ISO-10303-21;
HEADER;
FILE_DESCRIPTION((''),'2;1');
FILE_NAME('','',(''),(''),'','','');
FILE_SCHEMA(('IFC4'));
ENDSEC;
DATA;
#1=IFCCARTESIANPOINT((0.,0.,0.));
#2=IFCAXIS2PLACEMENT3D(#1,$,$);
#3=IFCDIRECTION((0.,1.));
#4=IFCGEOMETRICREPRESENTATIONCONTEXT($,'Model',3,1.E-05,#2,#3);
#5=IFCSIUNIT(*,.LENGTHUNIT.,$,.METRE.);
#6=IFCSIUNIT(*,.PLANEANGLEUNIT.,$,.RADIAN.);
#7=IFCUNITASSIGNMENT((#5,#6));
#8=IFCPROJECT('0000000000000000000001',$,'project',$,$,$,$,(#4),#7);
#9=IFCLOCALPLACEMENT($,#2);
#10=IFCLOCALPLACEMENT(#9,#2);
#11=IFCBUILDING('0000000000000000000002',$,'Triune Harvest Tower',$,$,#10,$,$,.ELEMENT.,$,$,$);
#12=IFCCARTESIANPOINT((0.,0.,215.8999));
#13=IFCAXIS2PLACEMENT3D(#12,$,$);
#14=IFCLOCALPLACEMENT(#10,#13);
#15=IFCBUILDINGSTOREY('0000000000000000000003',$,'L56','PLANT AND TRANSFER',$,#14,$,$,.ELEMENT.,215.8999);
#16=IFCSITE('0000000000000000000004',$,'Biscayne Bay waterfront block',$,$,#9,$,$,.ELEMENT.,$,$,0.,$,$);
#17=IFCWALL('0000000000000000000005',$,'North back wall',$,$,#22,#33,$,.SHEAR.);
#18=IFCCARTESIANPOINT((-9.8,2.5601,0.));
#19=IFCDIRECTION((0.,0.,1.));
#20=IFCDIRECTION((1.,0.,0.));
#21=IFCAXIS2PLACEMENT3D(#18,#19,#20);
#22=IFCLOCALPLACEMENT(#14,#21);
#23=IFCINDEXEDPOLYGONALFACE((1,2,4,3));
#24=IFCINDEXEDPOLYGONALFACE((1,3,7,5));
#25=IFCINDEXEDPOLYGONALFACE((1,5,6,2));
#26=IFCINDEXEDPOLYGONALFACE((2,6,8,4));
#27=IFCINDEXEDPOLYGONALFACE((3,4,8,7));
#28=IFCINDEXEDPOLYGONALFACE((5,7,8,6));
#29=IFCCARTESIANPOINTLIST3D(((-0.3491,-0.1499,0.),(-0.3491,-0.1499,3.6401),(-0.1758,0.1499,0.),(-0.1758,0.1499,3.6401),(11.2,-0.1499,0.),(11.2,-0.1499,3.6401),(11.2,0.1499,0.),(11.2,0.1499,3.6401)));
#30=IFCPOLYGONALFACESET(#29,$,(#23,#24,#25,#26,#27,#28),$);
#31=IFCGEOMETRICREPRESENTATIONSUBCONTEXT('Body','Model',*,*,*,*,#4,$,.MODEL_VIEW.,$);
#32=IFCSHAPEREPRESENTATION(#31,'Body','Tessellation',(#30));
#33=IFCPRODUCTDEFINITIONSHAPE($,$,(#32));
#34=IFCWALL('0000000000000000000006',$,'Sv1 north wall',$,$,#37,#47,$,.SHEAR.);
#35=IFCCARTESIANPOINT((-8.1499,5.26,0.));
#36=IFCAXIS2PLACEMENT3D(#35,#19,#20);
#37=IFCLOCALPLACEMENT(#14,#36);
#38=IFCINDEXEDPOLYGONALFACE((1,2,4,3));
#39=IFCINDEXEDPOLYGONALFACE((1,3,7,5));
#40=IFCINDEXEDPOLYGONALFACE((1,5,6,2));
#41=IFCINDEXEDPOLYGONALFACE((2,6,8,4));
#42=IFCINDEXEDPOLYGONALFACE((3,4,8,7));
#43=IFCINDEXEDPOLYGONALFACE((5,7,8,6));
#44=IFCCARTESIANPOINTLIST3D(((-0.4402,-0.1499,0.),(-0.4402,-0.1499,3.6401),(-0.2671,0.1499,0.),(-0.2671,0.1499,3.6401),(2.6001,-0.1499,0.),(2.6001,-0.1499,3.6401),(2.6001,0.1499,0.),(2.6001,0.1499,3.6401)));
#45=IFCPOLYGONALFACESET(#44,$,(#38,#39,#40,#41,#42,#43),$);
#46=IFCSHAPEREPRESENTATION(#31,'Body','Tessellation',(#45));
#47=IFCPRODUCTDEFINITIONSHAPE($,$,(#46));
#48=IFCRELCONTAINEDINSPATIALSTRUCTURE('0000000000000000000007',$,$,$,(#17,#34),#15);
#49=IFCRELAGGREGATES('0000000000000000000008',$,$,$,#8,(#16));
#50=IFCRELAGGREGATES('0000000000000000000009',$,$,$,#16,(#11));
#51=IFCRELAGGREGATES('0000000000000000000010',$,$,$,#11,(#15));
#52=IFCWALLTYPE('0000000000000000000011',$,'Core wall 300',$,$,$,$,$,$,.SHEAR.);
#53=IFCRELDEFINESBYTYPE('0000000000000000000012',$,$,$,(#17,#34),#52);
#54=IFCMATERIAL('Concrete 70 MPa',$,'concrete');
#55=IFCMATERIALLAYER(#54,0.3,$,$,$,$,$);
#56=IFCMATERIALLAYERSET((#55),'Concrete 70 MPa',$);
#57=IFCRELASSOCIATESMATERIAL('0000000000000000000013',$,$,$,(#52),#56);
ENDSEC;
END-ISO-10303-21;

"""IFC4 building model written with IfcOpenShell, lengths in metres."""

from ifc_helpers import new_model, si_unit, direction, frame, origin, place, context, subcontext, project, spatial, polyline, outline, extrude, source, transform, mapped, material, layer, layer_set, type_object, element, save


model = new_model("IFC4")

# Units and contexts
model_context = context("Model", 3, precision=1e-05, world=origin(), true_north=direction((0.0, 1.0)))
body_context = subcontext(model_context, "Body", "Model", "MODEL_VIEW")
ifc_project = project(units=[si_unit("LENGTHUNIT", "METRE"), si_unit("PLANEANGLEUNIT", "RADIAN")], contexts=[model_context])

# Site, building, storey
site_placement = place(None, origin())
site = spatial("IfcSite", under=ifc_project, at=site_placement, Name="Biscayne Bay waterfront block", CompositionType="ELEMENT", RefElevation=0.0)
building_placement = place(site_placement, origin())
building = spatial("IfcBuilding", under=site, at=building_placement, Name="Triune Harvest Tower", CompositionType="ELEMENT")
storey_placement = place(building_placement, frame((0.0, 0.0, 215.8999)))
storey = spatial("IfcBuildingStorey", under=building, at=storey_placement, Name="L56", Description="PLANT AND TRANSFER", CompositionType="ELEMENT", Elevation=215.8999)

# Shared definitions
ifc_material_1 = material(Name="Concrete 70 MPa", Category="concrete")
ifc_layer_1 = layer(ifc_material_1, 0.3)
ifc_layer_set_1 = layer_set([ifc_layer_1], Name="Concrete 70 MPa")
wall_type_1 = type_object("IfcWallType", Name="Core wall 300", PredefinedType="SHEAR", material=ifc_layer_set_1)

# Walls
shared_shape_1 = source(origin(), body_context, "Body", "SweptSolid", [
    extrude(outline(polyline([(11.2, -0.1499), (-0.3491, -0.1499), (-0.1758, 0.1499), (11.2, 0.1499), (11.2, -0.1499)])), origin(), (0.0, 0.0, 1.0), 3.6401),
])
wall_1_placement = place(storey_placement, frame((-9.8, 2.5601, 0.0), z_axis=(0.0, 0.0, 1.0), x_axis=(1.0, 0.0, 0.0)))
element("IfcWall", 1, at=wall_1_placement, inside=storey, type_object=wall_type_1, Name="North back wall", PredefinedType="SHEAR", context=body_context, shape_type="MappedRepresentation", body=[
    mapped(shared_shape_1, transform((0.0, 0.0, 0.0), scale=1.0)),
])
shared_shape_2 = source(origin(), body_context, "Body", "SweptSolid", [
    extrude(outline(polyline([(2.6001, -0.1499), (-0.4402, -0.1499), (-0.2671, 0.1499), (2.6001, 0.1499), (2.6001, -0.1499)])), origin(), (0.0, 0.0, 1.0), 3.6401),
])
wall_2_placement = place(storey_placement, frame((-8.1499, 5.26, 0.0), z_axis=(0.0, 0.0, 1.0), x_axis=(1.0, 0.0, 0.0)))
element("IfcWall", 2, at=wall_2_placement, inside=storey, type_object=wall_type_1, Name="Sv1 north wall", PredefinedType="SHEAR", context=body_context, shape_type="MappedRepresentation", body=[
    mapped(shared_shape_2, transform((0.0, 0.0, 0.0), scale=1.0)),
])

save(model, "model.ifc")
